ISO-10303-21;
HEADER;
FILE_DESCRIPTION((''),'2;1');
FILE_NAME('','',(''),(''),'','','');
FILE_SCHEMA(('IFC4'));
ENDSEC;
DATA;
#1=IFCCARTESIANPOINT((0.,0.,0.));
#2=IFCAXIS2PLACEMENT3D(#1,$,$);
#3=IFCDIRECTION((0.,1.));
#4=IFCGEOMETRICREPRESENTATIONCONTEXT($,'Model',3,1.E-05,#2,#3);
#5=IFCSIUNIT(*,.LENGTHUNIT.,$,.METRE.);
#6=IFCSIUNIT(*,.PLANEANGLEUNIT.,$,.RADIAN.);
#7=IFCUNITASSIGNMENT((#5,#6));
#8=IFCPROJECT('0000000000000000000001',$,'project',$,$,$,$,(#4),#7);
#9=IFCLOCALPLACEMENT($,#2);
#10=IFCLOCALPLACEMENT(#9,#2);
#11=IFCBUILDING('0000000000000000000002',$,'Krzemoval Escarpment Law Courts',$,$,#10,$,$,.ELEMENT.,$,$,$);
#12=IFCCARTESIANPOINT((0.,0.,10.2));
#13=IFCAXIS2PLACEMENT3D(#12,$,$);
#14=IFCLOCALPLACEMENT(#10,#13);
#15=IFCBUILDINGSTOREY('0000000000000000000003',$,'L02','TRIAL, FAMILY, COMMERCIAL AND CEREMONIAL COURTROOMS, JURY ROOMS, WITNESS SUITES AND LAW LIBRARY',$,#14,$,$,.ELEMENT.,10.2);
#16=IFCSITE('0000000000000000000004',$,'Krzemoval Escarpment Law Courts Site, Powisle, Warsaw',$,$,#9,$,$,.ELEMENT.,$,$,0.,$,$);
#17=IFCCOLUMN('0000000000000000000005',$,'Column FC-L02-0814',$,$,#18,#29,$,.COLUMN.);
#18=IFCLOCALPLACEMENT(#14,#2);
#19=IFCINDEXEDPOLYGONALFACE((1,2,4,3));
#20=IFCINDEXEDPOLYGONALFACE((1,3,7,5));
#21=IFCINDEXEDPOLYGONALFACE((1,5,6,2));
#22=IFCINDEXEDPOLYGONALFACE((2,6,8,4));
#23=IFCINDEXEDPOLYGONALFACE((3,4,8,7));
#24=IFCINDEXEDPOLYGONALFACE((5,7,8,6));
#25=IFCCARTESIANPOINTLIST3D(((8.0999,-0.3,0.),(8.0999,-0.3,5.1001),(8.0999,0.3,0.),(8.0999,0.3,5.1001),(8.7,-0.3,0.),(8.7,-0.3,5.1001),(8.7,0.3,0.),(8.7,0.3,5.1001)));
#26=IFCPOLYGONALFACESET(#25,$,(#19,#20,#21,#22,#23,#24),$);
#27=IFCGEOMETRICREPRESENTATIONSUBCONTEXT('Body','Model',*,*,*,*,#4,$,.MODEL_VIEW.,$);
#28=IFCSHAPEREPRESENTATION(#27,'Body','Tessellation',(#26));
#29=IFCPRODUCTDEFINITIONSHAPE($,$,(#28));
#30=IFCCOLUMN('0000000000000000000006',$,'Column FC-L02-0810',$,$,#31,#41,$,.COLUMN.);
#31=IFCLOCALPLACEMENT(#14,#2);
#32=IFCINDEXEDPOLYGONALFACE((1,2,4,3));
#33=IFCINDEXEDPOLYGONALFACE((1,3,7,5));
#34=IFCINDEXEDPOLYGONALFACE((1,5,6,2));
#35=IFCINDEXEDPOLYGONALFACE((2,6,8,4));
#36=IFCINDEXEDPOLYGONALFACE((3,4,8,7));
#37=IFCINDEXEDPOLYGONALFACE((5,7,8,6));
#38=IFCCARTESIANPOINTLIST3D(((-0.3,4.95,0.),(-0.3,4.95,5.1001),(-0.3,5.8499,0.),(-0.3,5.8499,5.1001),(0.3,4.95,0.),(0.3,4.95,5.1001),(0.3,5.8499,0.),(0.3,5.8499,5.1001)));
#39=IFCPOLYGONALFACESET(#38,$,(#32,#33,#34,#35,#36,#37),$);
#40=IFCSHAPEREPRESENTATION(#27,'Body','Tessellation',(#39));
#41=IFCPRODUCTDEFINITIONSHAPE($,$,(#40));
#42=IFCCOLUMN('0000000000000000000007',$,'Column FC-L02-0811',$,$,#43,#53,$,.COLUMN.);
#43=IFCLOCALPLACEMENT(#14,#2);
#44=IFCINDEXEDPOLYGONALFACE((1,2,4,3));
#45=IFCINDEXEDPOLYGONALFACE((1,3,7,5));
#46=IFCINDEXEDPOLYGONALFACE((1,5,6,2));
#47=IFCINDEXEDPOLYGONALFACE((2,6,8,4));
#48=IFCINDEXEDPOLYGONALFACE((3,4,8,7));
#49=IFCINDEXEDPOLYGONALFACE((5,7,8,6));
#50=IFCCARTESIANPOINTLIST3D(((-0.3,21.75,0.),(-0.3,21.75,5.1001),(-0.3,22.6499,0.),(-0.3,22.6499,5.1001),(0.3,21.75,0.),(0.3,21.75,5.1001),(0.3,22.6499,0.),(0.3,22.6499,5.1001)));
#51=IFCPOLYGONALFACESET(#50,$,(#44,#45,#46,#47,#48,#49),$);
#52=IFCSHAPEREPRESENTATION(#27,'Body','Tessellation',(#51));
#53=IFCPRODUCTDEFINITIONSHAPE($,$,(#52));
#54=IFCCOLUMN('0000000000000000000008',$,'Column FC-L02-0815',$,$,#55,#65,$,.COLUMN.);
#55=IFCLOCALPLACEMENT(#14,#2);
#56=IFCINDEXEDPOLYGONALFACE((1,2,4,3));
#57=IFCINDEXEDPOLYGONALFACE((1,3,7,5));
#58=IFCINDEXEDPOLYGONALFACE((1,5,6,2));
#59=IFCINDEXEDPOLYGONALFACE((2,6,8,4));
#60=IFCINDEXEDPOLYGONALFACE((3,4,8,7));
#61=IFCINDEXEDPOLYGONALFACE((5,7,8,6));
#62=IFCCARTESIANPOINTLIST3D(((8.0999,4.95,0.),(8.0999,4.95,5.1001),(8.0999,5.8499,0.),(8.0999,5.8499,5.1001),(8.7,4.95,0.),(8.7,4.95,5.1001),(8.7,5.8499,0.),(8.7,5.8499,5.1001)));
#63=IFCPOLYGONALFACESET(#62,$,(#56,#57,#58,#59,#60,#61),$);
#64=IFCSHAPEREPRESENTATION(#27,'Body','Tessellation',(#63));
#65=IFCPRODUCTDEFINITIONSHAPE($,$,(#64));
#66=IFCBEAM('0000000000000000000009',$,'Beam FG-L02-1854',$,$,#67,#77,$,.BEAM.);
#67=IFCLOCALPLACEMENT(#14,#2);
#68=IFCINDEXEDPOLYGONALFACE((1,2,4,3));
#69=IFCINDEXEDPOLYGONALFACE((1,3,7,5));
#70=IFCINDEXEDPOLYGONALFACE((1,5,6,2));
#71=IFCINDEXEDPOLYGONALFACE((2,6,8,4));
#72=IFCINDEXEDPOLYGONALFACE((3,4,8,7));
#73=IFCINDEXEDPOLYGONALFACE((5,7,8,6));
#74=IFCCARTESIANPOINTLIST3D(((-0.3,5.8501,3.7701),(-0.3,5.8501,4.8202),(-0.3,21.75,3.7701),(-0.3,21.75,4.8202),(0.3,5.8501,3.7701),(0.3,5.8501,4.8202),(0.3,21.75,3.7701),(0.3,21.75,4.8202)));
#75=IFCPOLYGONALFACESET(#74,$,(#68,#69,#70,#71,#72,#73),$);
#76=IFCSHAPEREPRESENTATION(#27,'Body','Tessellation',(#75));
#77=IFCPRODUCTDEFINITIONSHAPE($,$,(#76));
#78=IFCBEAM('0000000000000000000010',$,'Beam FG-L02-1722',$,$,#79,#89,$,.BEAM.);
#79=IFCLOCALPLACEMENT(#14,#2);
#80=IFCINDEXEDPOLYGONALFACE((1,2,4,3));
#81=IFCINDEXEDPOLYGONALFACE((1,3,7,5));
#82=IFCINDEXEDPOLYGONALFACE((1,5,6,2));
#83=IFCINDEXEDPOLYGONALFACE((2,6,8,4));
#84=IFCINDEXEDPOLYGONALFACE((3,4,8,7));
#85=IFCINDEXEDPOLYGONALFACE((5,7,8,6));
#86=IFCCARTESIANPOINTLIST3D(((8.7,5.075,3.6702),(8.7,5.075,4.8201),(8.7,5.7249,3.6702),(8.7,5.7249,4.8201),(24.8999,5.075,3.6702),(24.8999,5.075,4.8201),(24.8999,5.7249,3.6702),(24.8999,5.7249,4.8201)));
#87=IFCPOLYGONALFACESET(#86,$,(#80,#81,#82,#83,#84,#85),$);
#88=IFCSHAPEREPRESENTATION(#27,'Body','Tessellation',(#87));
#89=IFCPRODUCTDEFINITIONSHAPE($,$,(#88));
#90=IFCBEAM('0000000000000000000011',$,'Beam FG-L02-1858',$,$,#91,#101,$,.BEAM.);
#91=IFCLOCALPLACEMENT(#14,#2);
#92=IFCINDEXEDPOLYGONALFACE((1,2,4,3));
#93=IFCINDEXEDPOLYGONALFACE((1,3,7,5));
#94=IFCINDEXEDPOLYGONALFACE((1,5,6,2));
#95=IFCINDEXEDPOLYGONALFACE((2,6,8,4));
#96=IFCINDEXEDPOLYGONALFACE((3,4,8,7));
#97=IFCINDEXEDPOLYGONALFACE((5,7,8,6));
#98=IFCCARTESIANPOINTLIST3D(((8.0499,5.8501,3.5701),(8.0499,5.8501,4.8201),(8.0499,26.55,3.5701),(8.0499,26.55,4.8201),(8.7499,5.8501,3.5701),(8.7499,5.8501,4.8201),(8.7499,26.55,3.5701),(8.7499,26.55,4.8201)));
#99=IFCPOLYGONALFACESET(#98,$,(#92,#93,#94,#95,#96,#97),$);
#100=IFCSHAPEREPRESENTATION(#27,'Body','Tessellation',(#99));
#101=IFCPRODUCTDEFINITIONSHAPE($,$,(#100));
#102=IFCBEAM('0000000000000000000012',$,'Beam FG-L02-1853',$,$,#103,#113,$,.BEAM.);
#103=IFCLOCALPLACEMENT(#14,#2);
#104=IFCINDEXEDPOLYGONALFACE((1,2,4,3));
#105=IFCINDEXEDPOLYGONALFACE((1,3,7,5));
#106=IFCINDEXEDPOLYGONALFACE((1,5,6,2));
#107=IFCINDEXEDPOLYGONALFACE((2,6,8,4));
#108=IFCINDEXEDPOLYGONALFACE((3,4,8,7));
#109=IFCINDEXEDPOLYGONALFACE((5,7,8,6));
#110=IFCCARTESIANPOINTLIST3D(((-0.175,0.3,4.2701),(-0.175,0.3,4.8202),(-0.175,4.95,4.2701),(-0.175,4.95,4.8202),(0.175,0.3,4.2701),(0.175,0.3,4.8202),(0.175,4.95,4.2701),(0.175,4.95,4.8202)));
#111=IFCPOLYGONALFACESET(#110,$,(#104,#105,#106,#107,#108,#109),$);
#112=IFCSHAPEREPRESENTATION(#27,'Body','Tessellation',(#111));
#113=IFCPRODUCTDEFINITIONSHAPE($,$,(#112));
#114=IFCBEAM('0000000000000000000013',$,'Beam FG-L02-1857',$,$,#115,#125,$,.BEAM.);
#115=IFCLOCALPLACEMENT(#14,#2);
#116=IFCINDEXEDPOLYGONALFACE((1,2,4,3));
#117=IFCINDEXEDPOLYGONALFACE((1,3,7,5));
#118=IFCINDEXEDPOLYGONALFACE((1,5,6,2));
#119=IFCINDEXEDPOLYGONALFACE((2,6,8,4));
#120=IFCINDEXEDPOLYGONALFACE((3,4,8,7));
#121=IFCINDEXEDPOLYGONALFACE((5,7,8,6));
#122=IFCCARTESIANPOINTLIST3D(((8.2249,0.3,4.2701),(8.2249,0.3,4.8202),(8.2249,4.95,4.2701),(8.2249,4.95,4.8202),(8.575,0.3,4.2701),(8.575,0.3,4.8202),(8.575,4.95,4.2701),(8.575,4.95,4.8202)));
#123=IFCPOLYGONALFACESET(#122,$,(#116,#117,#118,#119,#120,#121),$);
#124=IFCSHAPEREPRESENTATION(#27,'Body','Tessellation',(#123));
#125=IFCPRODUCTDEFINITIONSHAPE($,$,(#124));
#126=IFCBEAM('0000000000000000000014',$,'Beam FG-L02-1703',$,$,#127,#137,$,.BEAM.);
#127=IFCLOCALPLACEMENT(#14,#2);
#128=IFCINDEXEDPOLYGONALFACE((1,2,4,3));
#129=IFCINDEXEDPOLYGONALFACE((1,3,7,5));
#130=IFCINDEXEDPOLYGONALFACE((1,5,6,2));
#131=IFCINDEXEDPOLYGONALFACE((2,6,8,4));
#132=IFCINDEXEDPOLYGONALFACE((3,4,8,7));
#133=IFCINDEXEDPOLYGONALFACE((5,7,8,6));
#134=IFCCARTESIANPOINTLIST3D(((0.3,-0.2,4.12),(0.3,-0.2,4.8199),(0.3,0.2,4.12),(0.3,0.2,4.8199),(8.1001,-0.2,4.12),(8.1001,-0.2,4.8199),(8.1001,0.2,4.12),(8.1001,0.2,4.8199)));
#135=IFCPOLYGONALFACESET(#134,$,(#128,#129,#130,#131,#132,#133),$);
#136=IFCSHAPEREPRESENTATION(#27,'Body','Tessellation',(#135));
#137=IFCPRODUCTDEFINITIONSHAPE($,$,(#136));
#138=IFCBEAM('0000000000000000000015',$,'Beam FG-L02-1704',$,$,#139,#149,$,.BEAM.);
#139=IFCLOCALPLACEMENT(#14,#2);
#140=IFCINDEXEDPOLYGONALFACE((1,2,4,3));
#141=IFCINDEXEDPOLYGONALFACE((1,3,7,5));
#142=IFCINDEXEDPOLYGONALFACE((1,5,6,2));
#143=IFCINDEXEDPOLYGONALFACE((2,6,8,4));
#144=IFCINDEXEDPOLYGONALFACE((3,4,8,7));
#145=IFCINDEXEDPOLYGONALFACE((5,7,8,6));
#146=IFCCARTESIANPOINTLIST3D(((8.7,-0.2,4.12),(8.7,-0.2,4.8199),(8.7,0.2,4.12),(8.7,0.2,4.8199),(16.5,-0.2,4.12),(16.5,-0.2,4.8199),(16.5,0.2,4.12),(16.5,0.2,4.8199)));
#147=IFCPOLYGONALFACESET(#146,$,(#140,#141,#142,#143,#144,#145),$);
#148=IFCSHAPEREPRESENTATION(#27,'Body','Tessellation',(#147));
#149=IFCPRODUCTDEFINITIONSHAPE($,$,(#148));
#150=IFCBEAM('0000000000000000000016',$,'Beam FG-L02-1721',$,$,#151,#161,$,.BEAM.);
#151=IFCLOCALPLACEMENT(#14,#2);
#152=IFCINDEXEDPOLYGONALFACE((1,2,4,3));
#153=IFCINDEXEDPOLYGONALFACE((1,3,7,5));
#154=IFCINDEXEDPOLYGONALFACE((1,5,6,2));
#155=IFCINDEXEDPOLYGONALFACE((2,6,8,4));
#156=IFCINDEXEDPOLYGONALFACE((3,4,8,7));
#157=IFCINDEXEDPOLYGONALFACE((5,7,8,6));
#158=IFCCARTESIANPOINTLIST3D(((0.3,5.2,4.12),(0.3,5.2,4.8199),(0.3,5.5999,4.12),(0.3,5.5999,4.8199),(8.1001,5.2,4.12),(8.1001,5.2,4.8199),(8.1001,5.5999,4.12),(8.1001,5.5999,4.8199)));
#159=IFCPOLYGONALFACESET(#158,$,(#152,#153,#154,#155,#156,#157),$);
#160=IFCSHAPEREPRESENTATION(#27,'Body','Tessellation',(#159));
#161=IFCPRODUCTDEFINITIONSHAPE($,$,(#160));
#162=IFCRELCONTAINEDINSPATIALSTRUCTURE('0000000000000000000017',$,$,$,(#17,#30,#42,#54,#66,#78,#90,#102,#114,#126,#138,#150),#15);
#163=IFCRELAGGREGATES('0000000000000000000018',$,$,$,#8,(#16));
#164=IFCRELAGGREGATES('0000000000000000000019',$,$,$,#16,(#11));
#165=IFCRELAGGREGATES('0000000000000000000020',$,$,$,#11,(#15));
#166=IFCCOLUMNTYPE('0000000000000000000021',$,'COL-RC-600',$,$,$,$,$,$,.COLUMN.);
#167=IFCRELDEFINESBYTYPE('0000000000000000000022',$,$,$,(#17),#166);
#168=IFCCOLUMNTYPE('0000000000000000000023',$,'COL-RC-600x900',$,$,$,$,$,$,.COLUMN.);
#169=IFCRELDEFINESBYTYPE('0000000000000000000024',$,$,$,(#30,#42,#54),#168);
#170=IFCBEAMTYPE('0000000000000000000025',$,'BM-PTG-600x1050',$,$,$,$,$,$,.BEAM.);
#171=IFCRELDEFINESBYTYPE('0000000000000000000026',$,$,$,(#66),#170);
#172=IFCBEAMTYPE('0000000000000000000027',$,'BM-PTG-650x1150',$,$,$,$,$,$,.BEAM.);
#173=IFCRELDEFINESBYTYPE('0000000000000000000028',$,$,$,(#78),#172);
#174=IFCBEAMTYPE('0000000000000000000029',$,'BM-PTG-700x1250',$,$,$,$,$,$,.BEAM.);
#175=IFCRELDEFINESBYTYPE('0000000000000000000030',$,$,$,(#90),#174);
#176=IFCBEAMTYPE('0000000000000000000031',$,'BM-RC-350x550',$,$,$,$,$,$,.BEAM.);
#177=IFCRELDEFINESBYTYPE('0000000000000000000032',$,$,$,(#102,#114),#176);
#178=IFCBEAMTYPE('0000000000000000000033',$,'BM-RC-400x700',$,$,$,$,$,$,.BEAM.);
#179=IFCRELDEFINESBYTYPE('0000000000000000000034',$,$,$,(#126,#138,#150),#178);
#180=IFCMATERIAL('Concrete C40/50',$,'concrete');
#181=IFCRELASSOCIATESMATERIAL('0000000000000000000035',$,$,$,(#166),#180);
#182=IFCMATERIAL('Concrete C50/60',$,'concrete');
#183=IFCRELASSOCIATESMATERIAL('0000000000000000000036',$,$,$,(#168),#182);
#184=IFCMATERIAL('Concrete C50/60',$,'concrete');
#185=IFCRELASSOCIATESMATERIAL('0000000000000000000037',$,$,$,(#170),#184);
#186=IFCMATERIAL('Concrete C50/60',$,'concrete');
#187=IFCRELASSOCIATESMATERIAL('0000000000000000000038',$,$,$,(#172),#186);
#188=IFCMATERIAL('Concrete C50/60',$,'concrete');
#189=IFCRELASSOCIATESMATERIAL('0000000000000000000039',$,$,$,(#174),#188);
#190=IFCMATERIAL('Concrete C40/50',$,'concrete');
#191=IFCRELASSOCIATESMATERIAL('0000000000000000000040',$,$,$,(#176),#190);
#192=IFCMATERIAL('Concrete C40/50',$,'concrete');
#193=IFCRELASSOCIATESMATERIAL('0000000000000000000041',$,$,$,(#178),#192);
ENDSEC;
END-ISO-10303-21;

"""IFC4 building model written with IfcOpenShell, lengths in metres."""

from ifc_helpers import new_model, si_unit, direction, frame, origin, origin_2d, place, context, subcontext, project, spatial, rectangle, extrude, material, material_profile, profile_set, type_object, element, save


model = new_model("IFC4")

# Units and contexts
model_context = context("Model", 3, precision=1e-05, world=origin(), true_north=direction((0.0, 1.0)))
body_context = subcontext(model_context, "Body", "Model", "MODEL_VIEW")
ifc_project = project(units=[si_unit("LENGTHUNIT", "METRE"), si_unit("PLANEANGLEUNIT", "RADIAN")], contexts=[model_context])

# Site, building, storey
site_placement = place(None, origin())
site = spatial("IfcSite", under=ifc_project, at=site_placement, Name="Krzemoval Escarpment Law Courts Site, Powisle, Warsaw", CompositionType="ELEMENT", RefElevation=0.0)
building_placement = place(site_placement, origin())
building = spatial("IfcBuilding", under=site, at=building_placement, Name="Krzemoval Escarpment Law Courts", CompositionType="ELEMENT")
storey_placement = place(building_placement, frame((0.0, 0.0, 10.2)))
storey = spatial("IfcBuildingStorey", under=building, at=storey_placement, Name="L02", Description="TRIAL, FAMILY, COMMERCIAL AND CEREMONIAL COURTROOMS, JURY ROOMS, WITNESS SUITES AND LAW LIBRARY", CompositionType="ELEMENT", Elevation=10.2)

# Columns
ifc_material_1 = material(Name="Concrete C40/50", Category="concrete")
ifc_material_profile_1 = material_profile(ifc_material_1, rectangle(XDim=0.6001, YDim=0.6001, at=origin_2d()), Name="RC 600x600")
ifc_profile_set_1 = profile_set([ifc_material_profile_1], Name="Concrete C40/50")
column_type_1 = type_object("IfcColumnType", Name="COL-RC-600", PredefinedType="COLUMN", material=ifc_profile_set_1)
column_placement = place(storey_placement, frame((8.3999, 0.0, 0.0), z_axis=(0.0, 0.0, 1.0), x_axis=(1.0, 0.0, 0.0)))
element("IfcColumn", 1, at=column_placement, inside=storey, type_object=column_type_1, Name="Column FC-L02-0814", PredefinedType="COLUMN", context=body_context, shape_type="SweptSolid", body=[
    extrude(rectangle(XDim=0.6001, YDim=0.6001, at=origin_2d()), origin(), (0.0, 0.0, 1.0), 5.1001),
])
ifc_material_2 = material(Name="Concrete C50/60", Category="concrete")
ifc_material_profile_2 = material_profile(ifc_material_2, rectangle(XDim=0.6001, YDim=0.8999, at=origin_2d()), Name="RC 600x900")
ifc_profile_set_2 = profile_set([ifc_material_profile_2], Name="Concrete C50/60")
column_type_2 = type_object("IfcColumnType", Name="COL-RC-600x900", PredefinedType="COLUMN", material=ifc_profile_set_2)
for number, where, z_axis, x_axis, name in (
    (2, (0.0, 5.3999, 0.0), (0.0, 0.0, 1.0), (1.0, 0.0, 0.0), "Column FC-L02-0810"),
    (3, (0.0, 22.2, 0.0), (0.0, 0.0, 1.0), (1.0, 0.0, 0.0), "Column FC-L02-0811"),
    (4, (8.3999, 5.3999, 0.0), (0.0, 0.0, 1.0), (1.0, 0.0, 0.0), "Column FC-L02-0815"),
):
    element("IfcColumn", number, at=place(storey_placement, frame(where, z_axis=z_axis, x_axis=x_axis)), inside=storey, type_object=column_type_2, Name=name, PredefinedType="COLUMN", context=body_context, shape_type="SweptSolid", body=[
        extrude(rectangle(XDim=0.6001, YDim=0.8999, at=origin_2d()), origin(), (0.0, 0.0, 1.0), 5.1001),
    ])

# Beams
ifc_material_3 = material(Name="Concrete C50/60", Category="concrete")
ifc_material_profile_3 = material_profile(ifc_material_3, rectangle(XDim=0.6001, YDim=1.05, at=origin_2d()), Name="PTG 600x1050")
ifc_profile_set_3 = profile_set([ifc_material_profile_3], Name="Concrete C50/60")
beam_type_1 = type_object("IfcBeamType", Name="BM-PTG-600x1050", PredefinedType="BEAM", material=ifc_profile_set_3)
beam_1_placement = place(storey_placement, frame((0.0, 5.8501, 4.2952), z_axis=(0.0, 1.0, 0.0), x_axis=(-1.0, 0.0, 0.0)))
element("IfcBeam", 5, at=beam_1_placement, inside=storey, type_object=beam_type_1, Name="Beam FG-L02-1854", PredefinedType="BEAM", context=body_context, shape_type="SweptSolid", body=[
    extrude(rectangle(XDim=0.6001, YDim=1.05, at=origin_2d()), origin(), (0.0, 0.0, 1.0), 15.8999),
])
ifc_material_4 = material(Name="Concrete C50/60", Category="concrete")
ifc_material_profile_4 = material_profile(ifc_material_4, rectangle(XDim=0.6499, YDim=1.1499, at=origin_2d()), Name="PTG 650x1150")
ifc_profile_set_4 = profile_set([ifc_material_profile_4], Name="Concrete C50/60")
beam_type_2 = type_object("IfcBeamType", Name="BM-PTG-650x1150", PredefinedType="BEAM", material=ifc_profile_set_4)
beam_2_placement = place(storey_placement, frame((8.7, 5.3999, 4.2451), z_axis=(1.0, 0.0, 0.0), x_axis=(0.0, 1.0, 0.0)))
element("IfcBeam", 6, at=beam_2_placement, inside=storey, type_object=beam_type_2, Name="Beam FG-L02-1722", PredefinedType="BEAM", context=body_context, shape_type="SweptSolid", body=[
    extrude(rectangle(XDim=0.6499, YDim=1.1499, at=origin_2d()), origin(), (0.0, 0.0, 1.0), 16.2),
])
ifc_material_5 = material(Name="Concrete C50/60", Category="concrete")
ifc_material_profile_5 = material_profile(ifc_material_5, rectangle(XDim=0.7, YDim=1.25, at=origin_2d()), Name="PTG 700x1250")
ifc_profile_set_5 = profile_set([ifc_material_profile_5], Name="Concrete C50/60")
beam_type_3 = type_object("IfcBeamType", Name="BM-PTG-700x1250", PredefinedType="BEAM", material=ifc_profile_set_5)
beam_3_placement = place(storey_placement, frame((8.3999, 5.8501, 4.1951), z_axis=(0.0, 1.0, 0.0), x_axis=(-1.0, 0.0, 0.0)))
element("IfcBeam", 7, at=beam_3_placement, inside=storey, type_object=beam_type_3, Name="Beam FG-L02-1858", PredefinedType="BEAM", context=body_context, shape_type="SweptSolid", body=[
    extrude(rectangle(XDim=0.7, YDim=1.25, at=origin_2d()), origin(), (0.0, 0.0, 1.0), 20.7),
])
ifc_material_6 = material(Name="Concrete C40/50", Category="concrete")
ifc_material_profile_6 = material_profile(ifc_material_6, rectangle(XDim=0.3501, YDim=0.55, at=origin_2d()), Name="RCB 350x550")
ifc_profile_set_6 = profile_set([ifc_material_profile_6], Name="Concrete C40/50")
beam_type_4 = type_object("IfcBeamType", Name="BM-RC-350x550", PredefinedType="BEAM", material=ifc_profile_set_6)
for number, where, z_axis, x_axis, name in (
    (8, (0.0, 0.3, 4.5452), (0.0, 1.0, 0.0), (-1.0, 0.0, 0.0), "Beam FG-L02-1853"),
    (9, (8.3999, 0.3, 4.5452), (0.0, 1.0, 0.0), (-1.0, 0.0, 0.0), "Beam FG-L02-1857"),
):
    element("IfcBeam", number, at=place(storey_placement, frame(where, z_axis=z_axis, x_axis=x_axis)), inside=storey, type_object=beam_type_4, Name=name, PredefinedType="BEAM", context=body_context, shape_type="SweptSolid", body=[
        extrude(rectangle(XDim=0.3501, YDim=0.55, at=origin_2d()), origin(), (0.0, 0.0, 1.0), 4.6499),
    ])
ifc_material_7 = material(Name="Concrete C40/50", Category="concrete")
ifc_material_profile_7 = material_profile(ifc_material_7, rectangle(XDim=0.3999, YDim=0.7, at=origin_2d()), Name="RCB 400x700")
ifc_profile_set_7 = profile_set([ifc_material_profile_7], Name="Concrete C40/50")
beam_type_5 = type_object("IfcBeamType", Name="BM-RC-400x700", PredefinedType="BEAM", material=ifc_profile_set_7)
for number, where, z_axis, x_axis, name in (
    (10, (0.3, 0.0, 4.47), (1.0, 0.0, 0.0), (0.0, 1.0, 0.0), "Beam FG-L02-1703"),
    (11, (8.7, 0.0, 4.47), (1.0, 0.0, 0.0), (0.0, 1.0, 0.0), "Beam FG-L02-1704"),
    (12, (0.3, 5.3999, 4.47), (1.0, 0.0, 0.0), (0.0, 1.0, 0.0), "Beam FG-L02-1721"),
):
    element("IfcBeam", number, at=place(storey_placement, frame(where, z_axis=z_axis, x_axis=x_axis)), inside=storey, type_object=beam_type_5, Name=name, PredefinedType="BEAM", context=body_context, shape_type="SweptSolid", body=[
        extrude(rectangle(XDim=0.3999, YDim=0.7, at=origin_2d()), origin(), (0.0, 0.0, 1.0), 7.8),
    ])

save(model, "model.ifc")
